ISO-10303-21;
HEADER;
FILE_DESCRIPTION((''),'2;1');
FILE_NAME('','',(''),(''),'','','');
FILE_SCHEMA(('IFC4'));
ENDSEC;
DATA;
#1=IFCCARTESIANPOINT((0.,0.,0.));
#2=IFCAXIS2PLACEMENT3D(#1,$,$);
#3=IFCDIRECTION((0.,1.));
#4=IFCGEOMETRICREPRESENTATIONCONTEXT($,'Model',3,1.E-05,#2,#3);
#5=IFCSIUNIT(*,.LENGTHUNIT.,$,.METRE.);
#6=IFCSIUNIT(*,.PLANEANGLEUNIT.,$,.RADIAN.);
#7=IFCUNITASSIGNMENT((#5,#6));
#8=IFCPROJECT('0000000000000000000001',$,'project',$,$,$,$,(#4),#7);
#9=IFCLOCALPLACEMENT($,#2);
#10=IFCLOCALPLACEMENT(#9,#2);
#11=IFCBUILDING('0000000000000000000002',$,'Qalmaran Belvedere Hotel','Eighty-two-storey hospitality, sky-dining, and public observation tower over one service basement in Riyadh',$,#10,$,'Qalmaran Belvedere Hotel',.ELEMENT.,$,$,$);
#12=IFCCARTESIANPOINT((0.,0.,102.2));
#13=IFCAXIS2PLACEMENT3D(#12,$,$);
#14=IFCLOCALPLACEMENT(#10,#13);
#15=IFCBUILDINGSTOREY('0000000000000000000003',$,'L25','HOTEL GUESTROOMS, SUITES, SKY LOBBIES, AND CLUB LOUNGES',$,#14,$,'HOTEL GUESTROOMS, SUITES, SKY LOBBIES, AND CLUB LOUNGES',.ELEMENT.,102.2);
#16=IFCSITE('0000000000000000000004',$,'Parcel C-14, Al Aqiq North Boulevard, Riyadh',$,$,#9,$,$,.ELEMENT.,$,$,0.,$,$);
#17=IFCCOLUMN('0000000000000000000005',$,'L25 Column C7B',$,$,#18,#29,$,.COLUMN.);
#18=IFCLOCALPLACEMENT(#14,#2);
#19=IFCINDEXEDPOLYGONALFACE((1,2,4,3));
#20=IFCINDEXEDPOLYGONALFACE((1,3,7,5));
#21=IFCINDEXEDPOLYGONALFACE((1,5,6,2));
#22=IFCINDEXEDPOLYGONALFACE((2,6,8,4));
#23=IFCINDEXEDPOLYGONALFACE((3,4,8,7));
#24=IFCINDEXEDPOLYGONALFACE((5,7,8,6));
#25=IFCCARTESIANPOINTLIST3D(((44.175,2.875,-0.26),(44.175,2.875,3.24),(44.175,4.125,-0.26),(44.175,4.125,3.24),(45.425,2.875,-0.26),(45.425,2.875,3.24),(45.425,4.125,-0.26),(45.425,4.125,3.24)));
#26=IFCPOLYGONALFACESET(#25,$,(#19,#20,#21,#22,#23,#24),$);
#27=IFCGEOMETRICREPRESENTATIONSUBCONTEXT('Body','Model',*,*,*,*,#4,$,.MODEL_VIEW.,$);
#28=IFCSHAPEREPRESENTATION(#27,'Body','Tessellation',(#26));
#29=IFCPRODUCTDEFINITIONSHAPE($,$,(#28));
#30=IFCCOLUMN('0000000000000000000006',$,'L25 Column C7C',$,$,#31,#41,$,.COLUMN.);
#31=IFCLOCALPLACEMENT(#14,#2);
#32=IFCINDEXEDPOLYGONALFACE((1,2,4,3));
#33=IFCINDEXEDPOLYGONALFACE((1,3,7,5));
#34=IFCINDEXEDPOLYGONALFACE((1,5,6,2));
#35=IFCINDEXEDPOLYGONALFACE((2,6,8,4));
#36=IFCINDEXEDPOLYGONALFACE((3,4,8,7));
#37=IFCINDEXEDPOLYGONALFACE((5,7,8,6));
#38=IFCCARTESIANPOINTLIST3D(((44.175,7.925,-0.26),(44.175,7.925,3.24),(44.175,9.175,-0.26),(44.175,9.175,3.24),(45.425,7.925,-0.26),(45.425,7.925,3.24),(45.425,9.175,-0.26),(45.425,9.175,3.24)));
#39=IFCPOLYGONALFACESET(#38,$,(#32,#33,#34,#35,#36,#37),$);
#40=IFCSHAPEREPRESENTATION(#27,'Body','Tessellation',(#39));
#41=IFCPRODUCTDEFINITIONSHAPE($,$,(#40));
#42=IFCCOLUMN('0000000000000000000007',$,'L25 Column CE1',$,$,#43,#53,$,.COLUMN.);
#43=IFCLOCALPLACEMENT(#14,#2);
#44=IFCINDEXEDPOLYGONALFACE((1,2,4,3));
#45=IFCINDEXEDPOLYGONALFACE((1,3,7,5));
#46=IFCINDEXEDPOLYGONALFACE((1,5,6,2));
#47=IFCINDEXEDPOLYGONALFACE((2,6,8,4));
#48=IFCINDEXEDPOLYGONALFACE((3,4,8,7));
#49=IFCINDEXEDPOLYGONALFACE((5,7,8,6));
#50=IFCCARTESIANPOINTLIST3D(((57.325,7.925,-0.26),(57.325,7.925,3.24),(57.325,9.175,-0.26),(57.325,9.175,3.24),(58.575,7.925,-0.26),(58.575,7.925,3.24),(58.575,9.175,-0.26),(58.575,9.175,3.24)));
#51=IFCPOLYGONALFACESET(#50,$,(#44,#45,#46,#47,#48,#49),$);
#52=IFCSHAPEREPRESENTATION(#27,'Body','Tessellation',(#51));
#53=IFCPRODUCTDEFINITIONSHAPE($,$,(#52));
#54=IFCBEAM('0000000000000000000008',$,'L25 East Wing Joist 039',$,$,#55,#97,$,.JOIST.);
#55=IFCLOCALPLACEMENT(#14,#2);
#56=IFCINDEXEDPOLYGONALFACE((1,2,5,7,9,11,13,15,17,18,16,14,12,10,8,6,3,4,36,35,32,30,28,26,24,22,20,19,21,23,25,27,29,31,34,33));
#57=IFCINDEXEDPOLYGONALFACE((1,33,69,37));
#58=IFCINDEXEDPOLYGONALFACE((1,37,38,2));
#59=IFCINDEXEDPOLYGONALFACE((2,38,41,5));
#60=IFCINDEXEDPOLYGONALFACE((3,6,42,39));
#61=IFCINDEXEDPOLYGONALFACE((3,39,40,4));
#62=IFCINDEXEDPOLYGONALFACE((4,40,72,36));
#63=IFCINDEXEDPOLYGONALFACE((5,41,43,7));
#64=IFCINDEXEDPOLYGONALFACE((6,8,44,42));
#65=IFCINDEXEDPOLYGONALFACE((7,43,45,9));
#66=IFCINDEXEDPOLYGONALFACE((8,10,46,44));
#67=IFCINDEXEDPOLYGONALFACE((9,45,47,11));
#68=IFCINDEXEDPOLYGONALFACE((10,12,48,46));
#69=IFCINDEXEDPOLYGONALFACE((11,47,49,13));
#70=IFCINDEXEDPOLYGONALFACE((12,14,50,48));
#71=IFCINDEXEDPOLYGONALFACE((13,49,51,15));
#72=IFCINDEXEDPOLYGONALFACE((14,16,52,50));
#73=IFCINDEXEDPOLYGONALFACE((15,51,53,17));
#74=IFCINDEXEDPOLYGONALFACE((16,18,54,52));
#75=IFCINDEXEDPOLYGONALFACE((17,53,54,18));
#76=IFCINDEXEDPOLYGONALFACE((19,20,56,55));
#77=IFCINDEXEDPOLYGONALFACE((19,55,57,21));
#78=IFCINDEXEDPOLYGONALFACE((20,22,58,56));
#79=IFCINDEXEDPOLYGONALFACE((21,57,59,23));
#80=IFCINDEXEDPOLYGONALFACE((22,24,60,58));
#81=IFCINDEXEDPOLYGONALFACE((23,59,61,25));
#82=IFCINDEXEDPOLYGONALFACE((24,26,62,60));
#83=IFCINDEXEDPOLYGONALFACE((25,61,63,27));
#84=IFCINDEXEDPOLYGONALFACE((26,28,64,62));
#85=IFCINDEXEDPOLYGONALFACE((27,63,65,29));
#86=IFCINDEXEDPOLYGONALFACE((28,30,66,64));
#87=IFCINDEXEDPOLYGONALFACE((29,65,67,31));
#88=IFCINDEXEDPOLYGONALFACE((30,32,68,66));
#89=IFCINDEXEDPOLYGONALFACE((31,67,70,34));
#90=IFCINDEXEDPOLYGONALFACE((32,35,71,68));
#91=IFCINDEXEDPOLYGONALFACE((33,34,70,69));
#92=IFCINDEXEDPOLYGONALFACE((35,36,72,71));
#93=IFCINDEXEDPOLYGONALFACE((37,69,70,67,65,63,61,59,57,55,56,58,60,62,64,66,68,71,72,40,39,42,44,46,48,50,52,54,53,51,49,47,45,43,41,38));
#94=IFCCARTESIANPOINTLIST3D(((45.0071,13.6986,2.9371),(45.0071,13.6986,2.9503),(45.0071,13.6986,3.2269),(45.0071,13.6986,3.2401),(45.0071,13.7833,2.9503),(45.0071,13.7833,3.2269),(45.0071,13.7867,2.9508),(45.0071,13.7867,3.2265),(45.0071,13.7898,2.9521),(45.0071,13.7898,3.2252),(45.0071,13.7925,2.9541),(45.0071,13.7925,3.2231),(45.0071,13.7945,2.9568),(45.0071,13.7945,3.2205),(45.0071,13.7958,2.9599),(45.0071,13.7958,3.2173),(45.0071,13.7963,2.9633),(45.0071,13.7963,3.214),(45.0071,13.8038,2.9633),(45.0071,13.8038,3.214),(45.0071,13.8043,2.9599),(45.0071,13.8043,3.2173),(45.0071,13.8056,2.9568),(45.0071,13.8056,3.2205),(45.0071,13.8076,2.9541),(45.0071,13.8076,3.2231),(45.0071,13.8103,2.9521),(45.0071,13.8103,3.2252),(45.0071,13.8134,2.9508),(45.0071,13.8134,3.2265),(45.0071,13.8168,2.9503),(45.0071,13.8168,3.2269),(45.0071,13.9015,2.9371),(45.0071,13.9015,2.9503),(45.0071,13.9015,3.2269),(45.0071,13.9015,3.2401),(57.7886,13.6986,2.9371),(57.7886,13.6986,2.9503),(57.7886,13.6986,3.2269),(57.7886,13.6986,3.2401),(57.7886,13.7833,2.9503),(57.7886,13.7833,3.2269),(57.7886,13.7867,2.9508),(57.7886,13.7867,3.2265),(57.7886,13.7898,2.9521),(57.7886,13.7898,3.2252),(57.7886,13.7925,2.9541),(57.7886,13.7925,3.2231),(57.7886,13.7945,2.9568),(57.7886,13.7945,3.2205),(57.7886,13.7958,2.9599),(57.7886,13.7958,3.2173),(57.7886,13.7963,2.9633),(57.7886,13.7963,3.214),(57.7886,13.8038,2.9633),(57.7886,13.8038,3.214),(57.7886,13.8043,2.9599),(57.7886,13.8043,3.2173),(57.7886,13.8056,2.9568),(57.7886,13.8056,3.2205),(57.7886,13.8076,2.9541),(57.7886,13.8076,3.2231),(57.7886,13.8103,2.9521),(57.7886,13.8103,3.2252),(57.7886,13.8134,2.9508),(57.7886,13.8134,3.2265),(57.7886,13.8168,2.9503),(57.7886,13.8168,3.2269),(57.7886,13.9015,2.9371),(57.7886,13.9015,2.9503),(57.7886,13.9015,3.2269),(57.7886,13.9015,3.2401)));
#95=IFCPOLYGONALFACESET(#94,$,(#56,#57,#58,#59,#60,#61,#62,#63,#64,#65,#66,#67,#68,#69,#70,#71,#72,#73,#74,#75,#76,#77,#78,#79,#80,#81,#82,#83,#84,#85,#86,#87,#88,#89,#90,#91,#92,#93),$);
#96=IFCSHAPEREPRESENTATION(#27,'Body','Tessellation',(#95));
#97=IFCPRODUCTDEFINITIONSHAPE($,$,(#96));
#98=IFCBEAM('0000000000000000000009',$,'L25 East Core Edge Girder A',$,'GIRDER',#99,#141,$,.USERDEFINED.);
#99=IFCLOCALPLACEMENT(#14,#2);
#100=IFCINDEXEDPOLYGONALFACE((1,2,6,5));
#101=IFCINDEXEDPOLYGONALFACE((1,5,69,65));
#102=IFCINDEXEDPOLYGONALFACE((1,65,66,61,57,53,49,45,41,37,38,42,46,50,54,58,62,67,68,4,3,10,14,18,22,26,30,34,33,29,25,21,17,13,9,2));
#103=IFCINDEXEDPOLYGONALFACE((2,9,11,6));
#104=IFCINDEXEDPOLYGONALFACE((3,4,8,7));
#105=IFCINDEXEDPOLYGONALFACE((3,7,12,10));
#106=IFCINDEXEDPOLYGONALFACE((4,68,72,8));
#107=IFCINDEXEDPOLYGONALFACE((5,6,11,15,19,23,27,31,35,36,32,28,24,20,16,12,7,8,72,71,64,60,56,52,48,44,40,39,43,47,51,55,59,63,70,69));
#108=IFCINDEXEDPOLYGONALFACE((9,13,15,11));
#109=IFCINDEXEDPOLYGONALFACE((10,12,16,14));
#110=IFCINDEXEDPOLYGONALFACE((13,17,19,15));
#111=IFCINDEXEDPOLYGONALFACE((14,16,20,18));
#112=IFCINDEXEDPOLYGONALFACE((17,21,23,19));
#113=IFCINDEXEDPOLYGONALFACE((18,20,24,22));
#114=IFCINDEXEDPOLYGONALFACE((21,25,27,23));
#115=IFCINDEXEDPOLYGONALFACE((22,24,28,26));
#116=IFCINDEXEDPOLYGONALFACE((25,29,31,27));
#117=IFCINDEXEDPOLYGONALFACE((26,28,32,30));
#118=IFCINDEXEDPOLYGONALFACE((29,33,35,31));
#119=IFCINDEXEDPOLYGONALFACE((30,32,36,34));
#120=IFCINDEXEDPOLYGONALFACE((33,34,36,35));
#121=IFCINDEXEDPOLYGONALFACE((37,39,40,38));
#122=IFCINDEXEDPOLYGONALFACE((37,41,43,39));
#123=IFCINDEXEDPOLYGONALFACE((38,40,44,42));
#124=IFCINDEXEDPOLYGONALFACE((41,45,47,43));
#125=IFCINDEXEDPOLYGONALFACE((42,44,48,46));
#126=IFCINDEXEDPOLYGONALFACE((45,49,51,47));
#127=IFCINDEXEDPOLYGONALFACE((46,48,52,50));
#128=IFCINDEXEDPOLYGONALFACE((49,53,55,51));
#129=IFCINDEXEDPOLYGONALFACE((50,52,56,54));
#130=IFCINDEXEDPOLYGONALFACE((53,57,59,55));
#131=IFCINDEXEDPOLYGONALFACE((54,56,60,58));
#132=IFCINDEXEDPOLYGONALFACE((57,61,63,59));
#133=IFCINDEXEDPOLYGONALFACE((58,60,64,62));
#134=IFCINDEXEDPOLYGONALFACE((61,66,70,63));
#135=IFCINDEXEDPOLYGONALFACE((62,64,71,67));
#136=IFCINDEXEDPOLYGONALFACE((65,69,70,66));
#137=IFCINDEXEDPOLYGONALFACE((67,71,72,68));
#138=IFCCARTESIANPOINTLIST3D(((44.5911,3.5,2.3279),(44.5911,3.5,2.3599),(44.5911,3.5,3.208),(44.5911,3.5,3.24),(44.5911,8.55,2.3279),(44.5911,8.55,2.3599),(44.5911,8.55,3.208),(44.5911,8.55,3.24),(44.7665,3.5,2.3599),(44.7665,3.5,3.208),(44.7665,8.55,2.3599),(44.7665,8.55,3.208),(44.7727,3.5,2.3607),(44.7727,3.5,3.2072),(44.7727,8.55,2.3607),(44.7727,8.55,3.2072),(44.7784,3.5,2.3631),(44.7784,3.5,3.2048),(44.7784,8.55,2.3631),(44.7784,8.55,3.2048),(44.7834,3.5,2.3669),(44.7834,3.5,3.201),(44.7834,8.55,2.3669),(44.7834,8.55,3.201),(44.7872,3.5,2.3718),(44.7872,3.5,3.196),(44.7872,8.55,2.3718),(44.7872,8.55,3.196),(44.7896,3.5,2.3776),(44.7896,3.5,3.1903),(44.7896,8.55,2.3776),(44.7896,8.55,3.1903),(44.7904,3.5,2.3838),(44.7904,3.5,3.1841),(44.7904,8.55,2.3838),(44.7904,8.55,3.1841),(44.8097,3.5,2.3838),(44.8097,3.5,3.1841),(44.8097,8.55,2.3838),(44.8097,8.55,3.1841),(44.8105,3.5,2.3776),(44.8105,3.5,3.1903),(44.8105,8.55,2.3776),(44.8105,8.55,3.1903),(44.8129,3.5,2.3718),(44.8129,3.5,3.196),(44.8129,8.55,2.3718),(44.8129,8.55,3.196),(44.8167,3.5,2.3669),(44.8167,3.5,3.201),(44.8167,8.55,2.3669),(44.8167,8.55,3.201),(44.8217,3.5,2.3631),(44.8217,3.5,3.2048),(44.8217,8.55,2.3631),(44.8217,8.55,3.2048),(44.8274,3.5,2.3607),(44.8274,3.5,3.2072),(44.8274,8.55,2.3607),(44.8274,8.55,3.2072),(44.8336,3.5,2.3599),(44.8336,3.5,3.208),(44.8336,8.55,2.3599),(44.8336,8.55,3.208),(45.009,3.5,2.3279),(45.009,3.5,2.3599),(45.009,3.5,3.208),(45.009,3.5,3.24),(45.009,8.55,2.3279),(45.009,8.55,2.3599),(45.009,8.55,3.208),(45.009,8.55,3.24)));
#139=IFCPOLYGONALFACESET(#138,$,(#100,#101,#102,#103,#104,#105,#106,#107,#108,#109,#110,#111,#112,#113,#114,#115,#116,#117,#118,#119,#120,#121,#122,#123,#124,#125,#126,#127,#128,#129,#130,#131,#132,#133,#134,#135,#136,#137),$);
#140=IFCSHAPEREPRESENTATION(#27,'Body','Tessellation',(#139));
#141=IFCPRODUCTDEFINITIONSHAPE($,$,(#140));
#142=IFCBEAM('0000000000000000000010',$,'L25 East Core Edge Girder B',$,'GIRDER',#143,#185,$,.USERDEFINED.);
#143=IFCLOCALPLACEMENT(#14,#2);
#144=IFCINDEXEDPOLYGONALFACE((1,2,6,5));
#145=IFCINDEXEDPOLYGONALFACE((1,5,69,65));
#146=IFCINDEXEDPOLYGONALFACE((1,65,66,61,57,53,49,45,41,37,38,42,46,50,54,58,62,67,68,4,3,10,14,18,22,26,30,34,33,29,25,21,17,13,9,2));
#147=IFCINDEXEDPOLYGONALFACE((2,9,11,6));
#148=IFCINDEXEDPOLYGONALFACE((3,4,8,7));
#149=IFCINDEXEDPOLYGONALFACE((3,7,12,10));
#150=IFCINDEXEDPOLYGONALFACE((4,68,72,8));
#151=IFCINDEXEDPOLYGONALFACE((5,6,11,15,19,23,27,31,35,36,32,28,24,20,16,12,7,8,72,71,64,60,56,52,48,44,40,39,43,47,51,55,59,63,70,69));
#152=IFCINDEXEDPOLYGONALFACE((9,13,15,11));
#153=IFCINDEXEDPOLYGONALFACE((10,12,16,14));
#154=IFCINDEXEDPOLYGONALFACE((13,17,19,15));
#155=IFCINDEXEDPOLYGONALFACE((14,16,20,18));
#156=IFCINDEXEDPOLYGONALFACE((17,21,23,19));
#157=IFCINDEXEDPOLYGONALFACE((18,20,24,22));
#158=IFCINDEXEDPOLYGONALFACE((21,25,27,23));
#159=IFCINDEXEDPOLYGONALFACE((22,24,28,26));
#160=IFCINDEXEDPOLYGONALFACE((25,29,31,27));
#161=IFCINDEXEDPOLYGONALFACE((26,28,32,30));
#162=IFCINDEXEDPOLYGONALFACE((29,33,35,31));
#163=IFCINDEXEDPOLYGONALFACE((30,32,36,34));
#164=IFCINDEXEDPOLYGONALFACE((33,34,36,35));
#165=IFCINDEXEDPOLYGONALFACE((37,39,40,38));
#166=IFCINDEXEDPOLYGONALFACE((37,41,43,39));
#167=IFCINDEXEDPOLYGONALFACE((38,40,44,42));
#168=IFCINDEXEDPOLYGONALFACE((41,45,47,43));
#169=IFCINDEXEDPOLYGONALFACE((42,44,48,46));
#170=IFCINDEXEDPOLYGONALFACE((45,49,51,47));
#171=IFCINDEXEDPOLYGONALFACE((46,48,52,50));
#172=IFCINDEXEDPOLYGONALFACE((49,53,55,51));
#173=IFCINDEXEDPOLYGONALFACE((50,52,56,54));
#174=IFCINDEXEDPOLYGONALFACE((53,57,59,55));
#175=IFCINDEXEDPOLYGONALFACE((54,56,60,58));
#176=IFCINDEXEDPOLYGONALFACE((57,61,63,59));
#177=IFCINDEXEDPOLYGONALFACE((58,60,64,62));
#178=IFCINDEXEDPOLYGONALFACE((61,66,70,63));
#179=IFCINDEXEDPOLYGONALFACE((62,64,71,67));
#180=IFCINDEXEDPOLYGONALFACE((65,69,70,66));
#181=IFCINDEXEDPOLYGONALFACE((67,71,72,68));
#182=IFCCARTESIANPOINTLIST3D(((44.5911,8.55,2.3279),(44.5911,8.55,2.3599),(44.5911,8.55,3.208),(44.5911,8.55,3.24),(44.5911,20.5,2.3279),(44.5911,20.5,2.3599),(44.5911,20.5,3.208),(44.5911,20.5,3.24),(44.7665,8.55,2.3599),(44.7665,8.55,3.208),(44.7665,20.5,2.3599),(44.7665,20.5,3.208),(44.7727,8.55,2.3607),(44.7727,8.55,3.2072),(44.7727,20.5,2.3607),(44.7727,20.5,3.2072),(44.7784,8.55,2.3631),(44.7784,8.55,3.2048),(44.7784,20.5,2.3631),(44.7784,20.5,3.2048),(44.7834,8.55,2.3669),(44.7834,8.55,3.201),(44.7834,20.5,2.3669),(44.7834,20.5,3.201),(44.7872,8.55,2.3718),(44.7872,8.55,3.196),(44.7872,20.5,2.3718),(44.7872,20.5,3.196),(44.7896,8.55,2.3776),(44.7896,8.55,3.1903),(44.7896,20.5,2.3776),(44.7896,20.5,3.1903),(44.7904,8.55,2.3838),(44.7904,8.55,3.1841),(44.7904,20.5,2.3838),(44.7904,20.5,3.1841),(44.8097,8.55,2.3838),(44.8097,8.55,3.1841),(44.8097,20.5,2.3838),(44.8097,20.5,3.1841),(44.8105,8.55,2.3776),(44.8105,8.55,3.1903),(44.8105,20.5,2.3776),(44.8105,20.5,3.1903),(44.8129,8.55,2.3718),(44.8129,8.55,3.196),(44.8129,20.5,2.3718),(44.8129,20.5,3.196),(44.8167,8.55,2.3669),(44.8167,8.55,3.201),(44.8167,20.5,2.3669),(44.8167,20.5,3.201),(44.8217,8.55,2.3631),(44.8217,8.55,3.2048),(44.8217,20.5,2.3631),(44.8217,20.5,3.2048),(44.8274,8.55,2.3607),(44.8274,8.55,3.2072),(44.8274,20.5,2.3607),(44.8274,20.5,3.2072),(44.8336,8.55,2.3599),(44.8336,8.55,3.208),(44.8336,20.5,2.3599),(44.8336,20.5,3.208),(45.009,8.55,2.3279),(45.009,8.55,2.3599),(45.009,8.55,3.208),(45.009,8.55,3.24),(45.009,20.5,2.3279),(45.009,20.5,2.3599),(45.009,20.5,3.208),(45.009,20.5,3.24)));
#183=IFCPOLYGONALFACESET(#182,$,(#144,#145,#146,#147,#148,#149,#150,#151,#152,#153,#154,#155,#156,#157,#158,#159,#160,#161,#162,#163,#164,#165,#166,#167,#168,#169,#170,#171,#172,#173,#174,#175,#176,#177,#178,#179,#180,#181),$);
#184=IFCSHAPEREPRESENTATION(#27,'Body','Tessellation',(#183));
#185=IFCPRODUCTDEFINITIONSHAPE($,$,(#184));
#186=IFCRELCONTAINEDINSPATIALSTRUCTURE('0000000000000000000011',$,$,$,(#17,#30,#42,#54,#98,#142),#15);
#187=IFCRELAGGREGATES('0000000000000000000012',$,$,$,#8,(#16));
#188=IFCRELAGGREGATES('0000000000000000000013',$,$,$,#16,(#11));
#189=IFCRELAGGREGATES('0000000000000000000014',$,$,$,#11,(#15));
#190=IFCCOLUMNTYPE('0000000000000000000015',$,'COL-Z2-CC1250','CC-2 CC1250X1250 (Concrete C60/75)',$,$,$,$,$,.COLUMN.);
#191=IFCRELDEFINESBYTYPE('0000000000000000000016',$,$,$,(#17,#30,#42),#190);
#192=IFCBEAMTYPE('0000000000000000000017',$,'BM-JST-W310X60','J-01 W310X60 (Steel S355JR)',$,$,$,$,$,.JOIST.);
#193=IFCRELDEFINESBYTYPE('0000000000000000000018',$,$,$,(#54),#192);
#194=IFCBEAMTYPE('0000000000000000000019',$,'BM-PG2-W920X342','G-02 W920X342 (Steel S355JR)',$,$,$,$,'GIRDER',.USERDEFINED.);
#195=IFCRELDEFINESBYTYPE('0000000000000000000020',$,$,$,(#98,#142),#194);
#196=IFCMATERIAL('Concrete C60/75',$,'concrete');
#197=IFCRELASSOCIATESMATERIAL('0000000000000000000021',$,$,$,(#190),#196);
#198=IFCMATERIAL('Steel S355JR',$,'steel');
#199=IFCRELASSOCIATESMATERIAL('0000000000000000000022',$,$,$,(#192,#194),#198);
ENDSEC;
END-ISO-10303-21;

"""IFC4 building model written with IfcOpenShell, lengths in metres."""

from ifc_helpers import new_model, si_unit, direction, frame, origin, origin_2d, place, context, subcontext, project, spatial, rectangle, i_section, extrude, material, material_profile, profile_set, type_object, element, save


model = new_model("IFC4")

# Units and contexts
model_context = context("Model", 3, precision=1e-05, world=origin(), true_north=direction((0.0, 1.0)))
body_context = subcontext(model_context, "Body", "Model", "MODEL_VIEW")
ifc_project = project(units=[si_unit("LENGTHUNIT", "METRE"), si_unit("PLANEANGLEUNIT", "RADIAN")], contexts=[model_context])

# Site, building, storey
site_placement = place(None, origin())
site = spatial("IfcSite", under=ifc_project, at=site_placement, Name="Parcel C-14, Al Aqiq North Boulevard, Riyadh", CompositionType="ELEMENT", RefElevation=0.0)
building_placement = place(site_placement, origin())
building = spatial("IfcBuilding", under=site, at=building_placement, Name="Qalmaran Belvedere Hotel", Description="Eighty-two-storey hospitality, sky-dining, and public observation tower over one service basement in Riyadh", LongName="Qalmaran Belvedere Hotel", CompositionType="ELEMENT")
storey_placement = place(building_placement, frame((0.0, 0.0, 102.2)))
storey = spatial("IfcBuildingStorey", under=building, at=storey_placement, Name="L25", Description="HOTEL GUESTROOMS, SUITES, SKY LOBBIES, AND CLUB LOUNGES", LongName="HOTEL GUESTROOMS, SUITES, SKY LOBBIES, AND CLUB LOUNGES", CompositionType="ELEMENT", Elevation=102.2)

# Columns
ifc_material_1 = material(Name="Concrete C60/75", Category="concrete")
ifc_material_profile_1 = material_profile(ifc_material_1, rectangle(XDim=1.25, YDim=1.25, at=origin_2d()), Name="CC1250X1250")
ifc_profile_set_1 = profile_set([ifc_material_profile_1], Name="Concrete C60/75")
column_type = type_object("IfcColumnType", Name="COL-Z2-CC1250", Description="CC-2 CC1250X1250 (Concrete C60/75)", PredefinedType="COLUMN", material=ifc_profile_set_1)
for number, where, z_axis, x_axis, name in (
    (1, (44.8, 3.5, -0.26), (0.0, 0.0, 1.0), (1.0, 0.0, 0.0), "L25 Column C7B"),
    (2, (44.8, 8.55, -0.26), (0.0, 0.0, 1.0), (1.0, 0.0, 0.0), "L25 Column C7C"),
    (3, (57.95, 8.55, -0.26), (0.0, 0.0, 1.0), (1.0, 0.0, 0.0), "L25 Column CE1"),
):
    element("IfcColumn", number, at=place(storey_placement, frame(where, z_axis=z_axis, x_axis=x_axis)), inside=storey, type_object=column_type, Name=name, PredefinedType="COLUMN", context=body_context, shape_type="SweptSolid", body=[
        extrude(rectangle(XDim=1.25, YDim=1.25, at=origin_2d()), origin(), (0.0, 0.0, 1.0), 3.5),
    ])

# Beams
ifc_material_2 = material(Name="Steel S355JR", Category="steel")
ifc_material_profile_2 = material_profile(ifc_material_2, i_section(OverallWidth=0.2029, OverallDepth=0.303, WebThickness=0.0076, FlangeThickness=0.0132, FilletRadius=0.0129, at=origin_2d()), Name="W310X60")
ifc_profile_set_2 = profile_set([ifc_material_profile_2], Name="Steel S355JR")
beam_type_1 = type_object("IfcBeamType", Name="BM-JST-W310X60", Description="J-01 W310X60 (Steel S355JR)", PredefinedType="JOIST", material=ifc_profile_set_2)
beam_1_placement = place(storey_placement, frame((45.0071, 13.8, 3.0886), z_axis=(1.0, 0.0, 0.0), x_axis=(0.0, 1.0, 0.0)))
element("IfcBeam", 4, at=beam_1_placement, inside=storey, type_object=beam_type_1, Name="L25 East Wing Joist 039", PredefinedType="JOIST", context=body_context, shape_type="SweptSolid", body=[
    extrude(i_section(OverallWidth=0.2029, OverallDepth=0.303, WebThickness=0.0076, FlangeThickness=0.0132, FilletRadius=0.0129, at=origin_2d()), origin(), (0.0, 0.0, 1.0), 12.7815),
])
ifc_material_profile_3 = material_profile(ifc_material_2, i_section(OverallWidth=0.418, OverallDepth=0.9121, WebThickness=0.0193, FlangeThickness=0.032, FilletRadius=0.0239, at=origin_2d()), Name="W920X342")
ifc_profile_set_3 = profile_set([ifc_material_profile_3], Name="Steel S355JR")
beam_type_2 = type_object("IfcBeamType", Name="BM-PG2-W920X342", Description="G-02 W920X342 (Steel S355JR)", ElementType="GIRDER", PredefinedType="USERDEFINED", material=ifc_profile_set_3)
beam_2_placement = place(storey_placement, frame((44.8, 3.5, 2.7839), z_axis=(0.0, 1.0, 0.0), x_axis=(-1.0, 0.0, 0.0)))
element("IfcBeam", 5, at=beam_2_placement, inside=storey, type_object=beam_type_2, Name="L25 East Core Edge Girder A", ObjectType="GIRDER", PredefinedType="USERDEFINED", context=body_context, shape_type="SweptSolid", body=[
    extrude(i_section(OverallWidth=0.418, OverallDepth=0.9121, WebThickness=0.0193, FlangeThickness=0.032, FilletRadius=0.0239, at=origin_2d()), origin(), (0.0, 0.0, 1.0), 5.05),
])
beam_3_placement = place(storey_placement, frame((44.8, 8.55, 2.7839), z_axis=(0.0, 1.0, 0.0), x_axis=(-1.0, 0.0, 0.0)))
element("IfcBeam", 6, at=beam_3_placement, inside=storey, type_object=beam_type_2, Name="L25 East Core Edge Girder B", ObjectType="GIRDER", PredefinedType="USERDEFINED", context=body_context, shape_type="SweptSolid", body=[
    extrude(i_section(OverallWidth=0.418, OverallDepth=0.9121, WebThickness=0.0193, FlangeThickness=0.032, FilletRadius=0.0239, at=origin_2d()), origin(), (0.0, 0.0, 1.0), 11.95),
])

save(model, "model.ifc")
